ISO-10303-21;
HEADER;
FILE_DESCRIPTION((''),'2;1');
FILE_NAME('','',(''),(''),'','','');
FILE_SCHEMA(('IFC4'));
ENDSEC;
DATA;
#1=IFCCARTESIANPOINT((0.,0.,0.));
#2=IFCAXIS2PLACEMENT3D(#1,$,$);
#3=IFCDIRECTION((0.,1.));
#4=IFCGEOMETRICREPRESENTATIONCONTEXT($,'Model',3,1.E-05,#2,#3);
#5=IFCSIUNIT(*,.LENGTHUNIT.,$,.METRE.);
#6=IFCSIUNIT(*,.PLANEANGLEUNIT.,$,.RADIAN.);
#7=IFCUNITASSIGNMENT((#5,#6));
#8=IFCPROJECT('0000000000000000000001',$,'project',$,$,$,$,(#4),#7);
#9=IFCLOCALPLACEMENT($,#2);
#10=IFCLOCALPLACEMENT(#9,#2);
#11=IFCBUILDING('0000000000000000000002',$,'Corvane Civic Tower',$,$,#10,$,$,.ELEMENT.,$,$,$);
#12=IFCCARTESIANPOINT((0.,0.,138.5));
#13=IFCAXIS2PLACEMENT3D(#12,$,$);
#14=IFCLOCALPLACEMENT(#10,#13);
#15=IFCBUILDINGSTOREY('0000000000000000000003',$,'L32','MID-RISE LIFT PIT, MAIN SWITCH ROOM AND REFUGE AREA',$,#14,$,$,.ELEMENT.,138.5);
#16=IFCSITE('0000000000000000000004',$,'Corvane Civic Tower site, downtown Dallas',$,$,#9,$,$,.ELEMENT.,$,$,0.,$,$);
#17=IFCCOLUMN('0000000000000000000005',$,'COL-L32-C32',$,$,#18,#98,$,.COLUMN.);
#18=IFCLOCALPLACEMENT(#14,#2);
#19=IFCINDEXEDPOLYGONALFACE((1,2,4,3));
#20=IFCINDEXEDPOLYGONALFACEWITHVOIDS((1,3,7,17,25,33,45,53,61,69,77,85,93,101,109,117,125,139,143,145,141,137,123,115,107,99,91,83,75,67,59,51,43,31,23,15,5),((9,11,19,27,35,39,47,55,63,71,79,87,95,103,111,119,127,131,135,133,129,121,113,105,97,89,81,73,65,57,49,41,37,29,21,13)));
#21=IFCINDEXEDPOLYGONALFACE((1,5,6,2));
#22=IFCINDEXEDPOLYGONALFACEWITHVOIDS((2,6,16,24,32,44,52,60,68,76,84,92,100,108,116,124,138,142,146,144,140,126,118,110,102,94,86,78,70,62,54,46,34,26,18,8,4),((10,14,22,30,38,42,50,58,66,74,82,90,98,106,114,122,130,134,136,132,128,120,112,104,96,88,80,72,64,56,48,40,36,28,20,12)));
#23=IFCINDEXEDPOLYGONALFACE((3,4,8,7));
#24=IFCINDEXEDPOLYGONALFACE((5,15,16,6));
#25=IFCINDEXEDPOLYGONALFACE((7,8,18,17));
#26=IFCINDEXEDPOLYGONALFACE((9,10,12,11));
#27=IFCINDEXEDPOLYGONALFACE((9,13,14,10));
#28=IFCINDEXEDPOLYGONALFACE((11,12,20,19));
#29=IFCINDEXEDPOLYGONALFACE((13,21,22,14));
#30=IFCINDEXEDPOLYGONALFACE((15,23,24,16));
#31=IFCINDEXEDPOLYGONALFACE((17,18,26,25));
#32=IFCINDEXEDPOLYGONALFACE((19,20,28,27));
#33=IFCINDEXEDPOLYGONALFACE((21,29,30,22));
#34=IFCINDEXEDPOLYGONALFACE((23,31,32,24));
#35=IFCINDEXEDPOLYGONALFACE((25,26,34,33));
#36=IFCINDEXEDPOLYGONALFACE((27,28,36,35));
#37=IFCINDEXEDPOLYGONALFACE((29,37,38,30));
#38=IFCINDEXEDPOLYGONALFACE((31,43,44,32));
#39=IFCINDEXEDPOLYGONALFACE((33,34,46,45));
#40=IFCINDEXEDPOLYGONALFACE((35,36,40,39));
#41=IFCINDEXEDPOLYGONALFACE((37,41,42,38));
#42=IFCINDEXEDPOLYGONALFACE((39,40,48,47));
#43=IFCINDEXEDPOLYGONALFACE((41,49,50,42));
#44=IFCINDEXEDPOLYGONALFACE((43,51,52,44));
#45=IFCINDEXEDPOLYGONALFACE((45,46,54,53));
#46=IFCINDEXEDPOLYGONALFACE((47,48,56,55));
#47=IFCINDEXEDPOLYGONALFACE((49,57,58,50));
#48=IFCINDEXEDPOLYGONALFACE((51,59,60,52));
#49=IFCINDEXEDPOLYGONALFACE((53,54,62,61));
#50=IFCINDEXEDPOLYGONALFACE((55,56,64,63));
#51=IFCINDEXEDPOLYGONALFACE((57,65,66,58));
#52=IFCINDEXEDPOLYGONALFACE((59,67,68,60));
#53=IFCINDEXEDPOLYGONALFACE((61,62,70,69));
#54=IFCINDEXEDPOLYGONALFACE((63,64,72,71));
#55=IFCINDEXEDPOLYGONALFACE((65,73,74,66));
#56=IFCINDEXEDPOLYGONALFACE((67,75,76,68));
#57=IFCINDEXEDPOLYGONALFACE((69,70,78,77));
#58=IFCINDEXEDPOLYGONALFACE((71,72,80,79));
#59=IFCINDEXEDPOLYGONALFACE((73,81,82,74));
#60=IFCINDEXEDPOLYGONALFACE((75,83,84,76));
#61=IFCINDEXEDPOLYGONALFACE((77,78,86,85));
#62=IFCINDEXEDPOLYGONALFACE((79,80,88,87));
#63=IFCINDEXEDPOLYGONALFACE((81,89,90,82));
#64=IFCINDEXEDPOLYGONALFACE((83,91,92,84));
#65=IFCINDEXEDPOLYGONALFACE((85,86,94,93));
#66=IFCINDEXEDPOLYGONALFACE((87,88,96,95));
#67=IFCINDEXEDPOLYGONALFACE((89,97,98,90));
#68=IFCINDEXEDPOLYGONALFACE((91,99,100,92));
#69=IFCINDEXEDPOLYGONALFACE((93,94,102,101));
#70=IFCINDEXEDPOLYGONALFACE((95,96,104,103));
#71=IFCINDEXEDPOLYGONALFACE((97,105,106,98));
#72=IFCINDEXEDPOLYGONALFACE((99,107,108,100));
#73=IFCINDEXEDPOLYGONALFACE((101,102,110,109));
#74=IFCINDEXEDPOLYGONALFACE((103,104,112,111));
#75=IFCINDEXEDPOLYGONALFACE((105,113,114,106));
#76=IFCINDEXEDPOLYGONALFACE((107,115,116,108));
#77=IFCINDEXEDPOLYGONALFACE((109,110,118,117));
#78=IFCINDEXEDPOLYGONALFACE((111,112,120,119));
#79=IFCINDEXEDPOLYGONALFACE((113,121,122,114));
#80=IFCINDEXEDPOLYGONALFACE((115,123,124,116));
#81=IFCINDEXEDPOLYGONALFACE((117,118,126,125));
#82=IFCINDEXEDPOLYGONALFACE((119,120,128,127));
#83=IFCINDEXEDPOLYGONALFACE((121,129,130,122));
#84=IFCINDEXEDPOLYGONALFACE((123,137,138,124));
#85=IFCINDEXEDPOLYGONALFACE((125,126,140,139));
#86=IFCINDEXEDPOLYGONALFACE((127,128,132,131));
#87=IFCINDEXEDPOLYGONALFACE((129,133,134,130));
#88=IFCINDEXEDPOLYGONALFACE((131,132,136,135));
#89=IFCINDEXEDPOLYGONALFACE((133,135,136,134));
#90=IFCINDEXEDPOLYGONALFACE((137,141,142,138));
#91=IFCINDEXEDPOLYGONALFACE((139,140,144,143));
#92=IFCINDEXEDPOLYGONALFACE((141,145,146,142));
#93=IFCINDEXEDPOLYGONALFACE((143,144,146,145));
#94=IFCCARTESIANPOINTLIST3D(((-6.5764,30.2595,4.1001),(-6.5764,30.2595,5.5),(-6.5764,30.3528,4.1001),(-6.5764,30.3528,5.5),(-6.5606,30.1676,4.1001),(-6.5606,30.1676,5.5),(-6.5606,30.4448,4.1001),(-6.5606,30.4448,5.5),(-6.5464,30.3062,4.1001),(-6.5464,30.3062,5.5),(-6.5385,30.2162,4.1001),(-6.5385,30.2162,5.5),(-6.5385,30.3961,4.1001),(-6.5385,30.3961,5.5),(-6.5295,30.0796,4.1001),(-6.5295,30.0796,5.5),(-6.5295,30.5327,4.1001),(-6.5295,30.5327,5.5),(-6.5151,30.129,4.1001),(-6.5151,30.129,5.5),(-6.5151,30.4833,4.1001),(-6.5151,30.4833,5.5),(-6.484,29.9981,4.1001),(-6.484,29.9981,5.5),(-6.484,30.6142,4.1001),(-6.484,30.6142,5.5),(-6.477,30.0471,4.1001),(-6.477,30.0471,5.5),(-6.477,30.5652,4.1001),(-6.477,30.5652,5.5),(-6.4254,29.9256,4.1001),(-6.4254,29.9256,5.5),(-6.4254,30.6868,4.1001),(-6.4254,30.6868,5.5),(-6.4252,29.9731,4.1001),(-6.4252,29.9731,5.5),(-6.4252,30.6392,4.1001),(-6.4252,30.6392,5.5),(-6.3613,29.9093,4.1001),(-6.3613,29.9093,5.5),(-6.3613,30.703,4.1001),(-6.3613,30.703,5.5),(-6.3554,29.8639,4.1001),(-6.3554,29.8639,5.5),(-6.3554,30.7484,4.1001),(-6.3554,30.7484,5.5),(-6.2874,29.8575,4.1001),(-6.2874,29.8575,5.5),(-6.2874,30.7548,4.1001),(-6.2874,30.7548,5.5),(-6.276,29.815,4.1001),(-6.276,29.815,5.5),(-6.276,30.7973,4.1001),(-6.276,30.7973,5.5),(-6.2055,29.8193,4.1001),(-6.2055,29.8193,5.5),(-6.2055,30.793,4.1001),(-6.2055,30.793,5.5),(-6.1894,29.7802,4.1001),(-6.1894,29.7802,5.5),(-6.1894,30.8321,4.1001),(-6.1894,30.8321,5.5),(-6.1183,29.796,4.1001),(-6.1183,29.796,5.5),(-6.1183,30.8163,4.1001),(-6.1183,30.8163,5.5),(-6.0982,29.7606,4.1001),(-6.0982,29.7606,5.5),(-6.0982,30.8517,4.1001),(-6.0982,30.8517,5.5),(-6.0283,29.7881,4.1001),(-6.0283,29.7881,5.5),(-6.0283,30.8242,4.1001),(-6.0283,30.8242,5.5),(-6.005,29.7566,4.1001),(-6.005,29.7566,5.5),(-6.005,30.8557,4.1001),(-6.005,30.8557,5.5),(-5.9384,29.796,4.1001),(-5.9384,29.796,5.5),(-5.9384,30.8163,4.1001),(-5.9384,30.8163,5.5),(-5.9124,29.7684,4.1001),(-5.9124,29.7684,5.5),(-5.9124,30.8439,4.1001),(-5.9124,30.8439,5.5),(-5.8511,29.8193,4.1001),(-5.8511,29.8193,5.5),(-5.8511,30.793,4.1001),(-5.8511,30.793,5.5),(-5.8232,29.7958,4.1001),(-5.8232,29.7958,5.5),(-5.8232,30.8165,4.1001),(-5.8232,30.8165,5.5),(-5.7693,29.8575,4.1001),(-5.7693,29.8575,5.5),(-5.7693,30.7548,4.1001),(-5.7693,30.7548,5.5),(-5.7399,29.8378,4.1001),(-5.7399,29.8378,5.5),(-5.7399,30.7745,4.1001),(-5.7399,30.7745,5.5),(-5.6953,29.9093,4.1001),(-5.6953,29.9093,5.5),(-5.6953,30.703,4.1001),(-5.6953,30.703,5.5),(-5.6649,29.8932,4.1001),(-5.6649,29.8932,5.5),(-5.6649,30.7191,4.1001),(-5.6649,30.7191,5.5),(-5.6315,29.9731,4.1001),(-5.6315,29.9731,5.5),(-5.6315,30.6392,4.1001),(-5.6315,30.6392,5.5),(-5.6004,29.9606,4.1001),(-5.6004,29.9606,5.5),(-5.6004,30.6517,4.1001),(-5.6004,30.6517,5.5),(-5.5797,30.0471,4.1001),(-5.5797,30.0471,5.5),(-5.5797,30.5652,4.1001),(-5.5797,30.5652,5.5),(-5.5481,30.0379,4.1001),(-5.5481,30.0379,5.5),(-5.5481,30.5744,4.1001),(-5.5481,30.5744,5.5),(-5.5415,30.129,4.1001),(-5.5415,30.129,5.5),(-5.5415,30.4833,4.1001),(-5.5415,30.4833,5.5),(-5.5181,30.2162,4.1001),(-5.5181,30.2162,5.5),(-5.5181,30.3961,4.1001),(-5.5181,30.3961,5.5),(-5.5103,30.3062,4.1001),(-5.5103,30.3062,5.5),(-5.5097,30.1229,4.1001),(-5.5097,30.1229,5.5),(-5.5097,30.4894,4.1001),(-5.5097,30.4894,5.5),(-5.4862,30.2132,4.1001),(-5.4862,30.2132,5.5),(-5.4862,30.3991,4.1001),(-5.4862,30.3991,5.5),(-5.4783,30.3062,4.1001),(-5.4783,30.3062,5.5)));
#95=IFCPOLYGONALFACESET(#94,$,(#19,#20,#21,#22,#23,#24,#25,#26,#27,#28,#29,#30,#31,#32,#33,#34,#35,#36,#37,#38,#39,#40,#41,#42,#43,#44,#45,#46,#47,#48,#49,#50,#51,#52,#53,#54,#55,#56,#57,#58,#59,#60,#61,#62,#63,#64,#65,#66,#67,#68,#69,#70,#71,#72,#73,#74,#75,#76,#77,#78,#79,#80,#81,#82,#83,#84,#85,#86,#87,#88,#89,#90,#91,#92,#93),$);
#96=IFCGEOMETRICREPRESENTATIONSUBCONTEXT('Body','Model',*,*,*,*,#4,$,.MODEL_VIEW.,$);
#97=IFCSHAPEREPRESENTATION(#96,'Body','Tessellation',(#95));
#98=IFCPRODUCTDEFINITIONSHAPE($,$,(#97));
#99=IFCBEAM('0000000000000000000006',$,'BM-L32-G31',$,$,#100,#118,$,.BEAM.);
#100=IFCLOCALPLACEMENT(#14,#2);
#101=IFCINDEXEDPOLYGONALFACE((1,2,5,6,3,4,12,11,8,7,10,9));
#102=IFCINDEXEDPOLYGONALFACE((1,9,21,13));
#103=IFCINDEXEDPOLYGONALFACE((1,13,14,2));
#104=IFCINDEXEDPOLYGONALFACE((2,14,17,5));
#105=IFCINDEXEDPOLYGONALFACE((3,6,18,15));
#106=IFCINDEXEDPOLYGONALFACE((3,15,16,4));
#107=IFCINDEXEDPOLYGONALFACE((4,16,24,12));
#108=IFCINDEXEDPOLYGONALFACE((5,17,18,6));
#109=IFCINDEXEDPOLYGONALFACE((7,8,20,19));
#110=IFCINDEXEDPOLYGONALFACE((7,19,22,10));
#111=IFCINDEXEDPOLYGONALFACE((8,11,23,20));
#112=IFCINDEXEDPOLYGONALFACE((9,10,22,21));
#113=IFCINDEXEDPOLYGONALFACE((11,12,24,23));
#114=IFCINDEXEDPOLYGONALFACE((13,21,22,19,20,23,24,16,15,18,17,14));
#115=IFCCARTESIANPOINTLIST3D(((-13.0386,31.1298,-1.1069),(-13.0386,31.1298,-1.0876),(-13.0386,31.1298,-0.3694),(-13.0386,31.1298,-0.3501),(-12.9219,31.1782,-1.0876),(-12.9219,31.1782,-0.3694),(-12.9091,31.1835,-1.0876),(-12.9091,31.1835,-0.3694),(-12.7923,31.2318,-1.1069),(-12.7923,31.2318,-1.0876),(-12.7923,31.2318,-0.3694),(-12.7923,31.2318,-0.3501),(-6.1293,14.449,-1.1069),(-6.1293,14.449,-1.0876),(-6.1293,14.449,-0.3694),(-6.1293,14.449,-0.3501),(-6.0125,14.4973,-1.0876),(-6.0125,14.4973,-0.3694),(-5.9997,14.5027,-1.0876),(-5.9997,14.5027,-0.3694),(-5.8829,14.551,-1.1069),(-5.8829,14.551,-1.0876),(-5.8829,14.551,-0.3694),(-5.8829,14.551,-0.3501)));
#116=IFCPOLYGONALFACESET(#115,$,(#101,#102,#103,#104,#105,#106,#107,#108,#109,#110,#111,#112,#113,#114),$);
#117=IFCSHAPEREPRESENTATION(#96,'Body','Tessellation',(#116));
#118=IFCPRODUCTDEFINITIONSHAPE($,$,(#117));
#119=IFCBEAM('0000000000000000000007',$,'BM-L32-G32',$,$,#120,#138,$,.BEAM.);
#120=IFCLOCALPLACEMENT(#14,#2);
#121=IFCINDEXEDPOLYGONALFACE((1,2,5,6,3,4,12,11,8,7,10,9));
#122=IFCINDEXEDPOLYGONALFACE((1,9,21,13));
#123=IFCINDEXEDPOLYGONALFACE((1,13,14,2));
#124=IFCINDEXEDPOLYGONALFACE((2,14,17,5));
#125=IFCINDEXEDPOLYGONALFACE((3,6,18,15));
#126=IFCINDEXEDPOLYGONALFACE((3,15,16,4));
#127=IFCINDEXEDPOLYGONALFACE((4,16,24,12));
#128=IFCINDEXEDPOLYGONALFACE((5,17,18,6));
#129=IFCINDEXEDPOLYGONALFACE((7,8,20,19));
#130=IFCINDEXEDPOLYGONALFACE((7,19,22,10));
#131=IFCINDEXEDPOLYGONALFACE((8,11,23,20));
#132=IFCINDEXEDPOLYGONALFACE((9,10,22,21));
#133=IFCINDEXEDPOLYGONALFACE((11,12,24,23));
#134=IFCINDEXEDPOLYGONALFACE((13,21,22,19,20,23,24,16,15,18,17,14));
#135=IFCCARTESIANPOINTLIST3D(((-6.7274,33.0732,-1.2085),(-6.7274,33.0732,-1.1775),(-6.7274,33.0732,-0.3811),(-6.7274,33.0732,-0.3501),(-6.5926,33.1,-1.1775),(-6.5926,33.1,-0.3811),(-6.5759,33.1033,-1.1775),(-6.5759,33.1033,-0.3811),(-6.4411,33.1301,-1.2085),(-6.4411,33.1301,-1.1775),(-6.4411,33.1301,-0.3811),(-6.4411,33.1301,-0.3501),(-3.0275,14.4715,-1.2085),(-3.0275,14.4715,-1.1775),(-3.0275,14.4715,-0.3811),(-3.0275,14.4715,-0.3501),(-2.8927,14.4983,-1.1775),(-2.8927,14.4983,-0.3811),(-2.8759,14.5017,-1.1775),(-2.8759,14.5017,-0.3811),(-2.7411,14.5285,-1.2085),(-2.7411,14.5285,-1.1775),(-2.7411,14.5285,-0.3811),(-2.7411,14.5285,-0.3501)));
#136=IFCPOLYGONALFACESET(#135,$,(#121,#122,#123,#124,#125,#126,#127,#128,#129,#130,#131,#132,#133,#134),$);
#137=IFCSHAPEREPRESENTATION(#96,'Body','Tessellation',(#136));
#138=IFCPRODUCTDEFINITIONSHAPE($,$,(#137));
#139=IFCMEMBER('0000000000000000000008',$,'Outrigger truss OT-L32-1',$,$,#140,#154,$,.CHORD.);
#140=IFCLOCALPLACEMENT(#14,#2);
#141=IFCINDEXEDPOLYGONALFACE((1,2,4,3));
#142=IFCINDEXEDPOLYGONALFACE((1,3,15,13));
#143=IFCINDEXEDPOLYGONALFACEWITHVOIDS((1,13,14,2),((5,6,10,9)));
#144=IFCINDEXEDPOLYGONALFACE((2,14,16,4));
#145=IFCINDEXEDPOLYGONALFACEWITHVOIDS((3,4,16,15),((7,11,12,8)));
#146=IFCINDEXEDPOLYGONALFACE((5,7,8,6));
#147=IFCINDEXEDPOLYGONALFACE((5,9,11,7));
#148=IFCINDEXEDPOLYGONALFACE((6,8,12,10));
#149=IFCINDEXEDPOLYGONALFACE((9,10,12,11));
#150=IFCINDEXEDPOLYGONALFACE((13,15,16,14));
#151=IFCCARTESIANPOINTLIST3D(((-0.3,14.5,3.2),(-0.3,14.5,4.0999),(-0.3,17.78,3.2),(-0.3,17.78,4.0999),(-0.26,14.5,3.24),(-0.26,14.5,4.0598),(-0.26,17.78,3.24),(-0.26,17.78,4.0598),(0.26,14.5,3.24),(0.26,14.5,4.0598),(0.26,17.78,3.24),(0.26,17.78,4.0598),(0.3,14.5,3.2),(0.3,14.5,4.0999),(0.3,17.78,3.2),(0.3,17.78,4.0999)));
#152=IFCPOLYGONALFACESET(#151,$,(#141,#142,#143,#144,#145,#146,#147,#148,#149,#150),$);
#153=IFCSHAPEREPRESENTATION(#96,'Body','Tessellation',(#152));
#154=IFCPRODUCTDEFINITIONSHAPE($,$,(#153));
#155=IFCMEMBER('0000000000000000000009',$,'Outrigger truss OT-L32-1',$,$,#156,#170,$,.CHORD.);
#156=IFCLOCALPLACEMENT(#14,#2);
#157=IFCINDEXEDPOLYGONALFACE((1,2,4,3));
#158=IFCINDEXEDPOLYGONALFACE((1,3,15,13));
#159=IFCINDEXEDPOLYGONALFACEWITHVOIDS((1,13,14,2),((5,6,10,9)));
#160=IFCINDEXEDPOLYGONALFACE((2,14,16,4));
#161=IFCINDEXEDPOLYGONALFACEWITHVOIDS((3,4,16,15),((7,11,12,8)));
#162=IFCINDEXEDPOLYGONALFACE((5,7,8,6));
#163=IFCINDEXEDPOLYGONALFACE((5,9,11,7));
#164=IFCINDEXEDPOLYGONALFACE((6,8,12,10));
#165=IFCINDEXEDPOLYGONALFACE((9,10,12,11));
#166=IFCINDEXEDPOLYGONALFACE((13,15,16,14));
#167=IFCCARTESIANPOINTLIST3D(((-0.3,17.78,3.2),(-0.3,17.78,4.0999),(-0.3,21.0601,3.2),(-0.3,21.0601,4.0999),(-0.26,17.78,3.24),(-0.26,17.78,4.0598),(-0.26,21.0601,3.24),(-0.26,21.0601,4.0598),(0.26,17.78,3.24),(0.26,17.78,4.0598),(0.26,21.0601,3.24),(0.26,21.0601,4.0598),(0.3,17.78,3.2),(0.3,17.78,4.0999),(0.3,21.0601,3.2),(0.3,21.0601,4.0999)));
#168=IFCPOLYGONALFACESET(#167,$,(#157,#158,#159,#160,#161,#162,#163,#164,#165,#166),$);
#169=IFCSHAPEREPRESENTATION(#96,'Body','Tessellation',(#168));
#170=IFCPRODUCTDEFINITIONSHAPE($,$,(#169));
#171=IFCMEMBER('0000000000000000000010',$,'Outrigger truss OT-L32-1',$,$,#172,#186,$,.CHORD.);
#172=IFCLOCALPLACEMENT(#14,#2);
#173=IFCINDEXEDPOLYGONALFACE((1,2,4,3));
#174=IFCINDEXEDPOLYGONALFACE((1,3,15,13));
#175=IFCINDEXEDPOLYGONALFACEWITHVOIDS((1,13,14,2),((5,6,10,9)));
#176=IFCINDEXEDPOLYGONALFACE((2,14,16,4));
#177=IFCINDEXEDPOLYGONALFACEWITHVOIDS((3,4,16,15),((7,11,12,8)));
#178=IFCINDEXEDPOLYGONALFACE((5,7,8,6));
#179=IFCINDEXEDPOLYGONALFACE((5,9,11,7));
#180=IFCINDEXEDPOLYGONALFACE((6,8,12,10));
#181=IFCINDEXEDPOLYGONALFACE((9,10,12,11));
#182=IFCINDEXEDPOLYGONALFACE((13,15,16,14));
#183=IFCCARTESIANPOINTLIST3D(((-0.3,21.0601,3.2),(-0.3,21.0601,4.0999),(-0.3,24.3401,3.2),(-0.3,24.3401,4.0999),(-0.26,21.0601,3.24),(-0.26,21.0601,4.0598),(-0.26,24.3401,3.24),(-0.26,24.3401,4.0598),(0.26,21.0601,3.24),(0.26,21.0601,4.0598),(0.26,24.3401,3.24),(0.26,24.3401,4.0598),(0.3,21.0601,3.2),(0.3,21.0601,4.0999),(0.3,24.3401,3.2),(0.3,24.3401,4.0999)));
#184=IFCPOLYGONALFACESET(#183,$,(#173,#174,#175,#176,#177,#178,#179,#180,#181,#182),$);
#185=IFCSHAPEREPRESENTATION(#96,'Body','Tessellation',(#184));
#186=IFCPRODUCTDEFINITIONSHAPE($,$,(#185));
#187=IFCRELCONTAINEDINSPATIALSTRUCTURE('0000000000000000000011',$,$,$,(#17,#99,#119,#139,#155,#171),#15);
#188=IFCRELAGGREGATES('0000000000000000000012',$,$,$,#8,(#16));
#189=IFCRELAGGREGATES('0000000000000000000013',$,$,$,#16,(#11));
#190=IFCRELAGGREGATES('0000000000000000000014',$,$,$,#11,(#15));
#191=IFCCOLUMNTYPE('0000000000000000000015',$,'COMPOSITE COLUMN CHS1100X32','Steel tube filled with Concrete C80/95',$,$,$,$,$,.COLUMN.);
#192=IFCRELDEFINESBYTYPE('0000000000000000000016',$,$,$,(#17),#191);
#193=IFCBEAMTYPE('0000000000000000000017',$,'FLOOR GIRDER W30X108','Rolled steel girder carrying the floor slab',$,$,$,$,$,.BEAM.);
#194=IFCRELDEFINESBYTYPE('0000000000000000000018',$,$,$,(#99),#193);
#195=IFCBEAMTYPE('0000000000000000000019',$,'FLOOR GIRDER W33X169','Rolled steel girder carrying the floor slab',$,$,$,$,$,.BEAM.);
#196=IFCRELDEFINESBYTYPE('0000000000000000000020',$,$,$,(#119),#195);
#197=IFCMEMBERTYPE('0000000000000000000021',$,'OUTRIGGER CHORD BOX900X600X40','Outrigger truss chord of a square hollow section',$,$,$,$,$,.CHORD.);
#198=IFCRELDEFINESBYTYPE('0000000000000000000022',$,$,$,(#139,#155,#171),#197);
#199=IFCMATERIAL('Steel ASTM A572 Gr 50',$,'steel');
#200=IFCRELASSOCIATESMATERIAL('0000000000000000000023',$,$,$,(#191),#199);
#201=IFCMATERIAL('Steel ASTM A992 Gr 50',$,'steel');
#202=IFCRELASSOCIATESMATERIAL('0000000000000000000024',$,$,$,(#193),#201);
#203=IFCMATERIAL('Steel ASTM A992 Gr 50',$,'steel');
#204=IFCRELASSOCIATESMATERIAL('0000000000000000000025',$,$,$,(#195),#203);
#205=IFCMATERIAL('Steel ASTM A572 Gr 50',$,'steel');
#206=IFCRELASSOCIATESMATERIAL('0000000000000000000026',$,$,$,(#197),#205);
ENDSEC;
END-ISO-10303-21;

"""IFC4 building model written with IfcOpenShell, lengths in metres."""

from ifc_helpers import new_model, si_unit, direction, frame, origin, origin_2d, place, context, subcontext, project, spatial, hollow_rectangle, hollow_circle, i_section, extrude, material, material_profile, profile_set, type_object, element, save


model = new_model("IFC4")

# Units and contexts
model_context = context("Model", 3, precision=1e-05, world=origin(), true_north=direction((0.0, 1.0)))
body_context = subcontext(model_context, "Body", "Model", "MODEL_VIEW")
ifc_project = project(units=[si_unit("LENGTHUNIT", "METRE"), si_unit("PLANEANGLEUNIT", "RADIAN")], contexts=[model_context])

# Site, building, storey
site_placement = place(None, origin())
site = spatial("IfcSite", under=ifc_project, at=site_placement, Name="Corvane Civic Tower site, downtown Dallas", CompositionType="ELEMENT", RefElevation=0.0)
building_placement = place(site_placement, origin())
building = spatial("IfcBuilding", under=site, at=building_placement, Name="Corvane Civic Tower", CompositionType="ELEMENT")
storey_placement = place(building_placement, frame((0.0, 0.0, 138.5)))
storey = spatial("IfcBuildingStorey", under=building, at=storey_placement, Name="L32", Description="MID-RISE LIFT PIT, MAIN SWITCH ROOM AND REFUGE AREA", CompositionType="ELEMENT", Elevation=138.5)

# Column
ifc_material_1 = material(Name="Steel ASTM A572 Gr 50", Category="steel")
ifc_material_profile_1 = material_profile(ifc_material_1, hollow_circle(Radius=0.55, WallThickness=0.032, at=origin_2d()), Name="CHS1100X32")
ifc_profile_set_1 = profile_set([ifc_material_profile_1], Name="Steel ASTM A572 Gr 50")
column_type = type_object("IfcColumnType", Name="COMPOSITE COLUMN CHS1100X32", Description="Steel tube filled with Concrete C80/95", PredefinedType="COLUMN", material=ifc_profile_set_1)
for number, where, z_axis, x_axis, name in (
    (1, (-6.0283, 30.3062, 4.1001), (0.0, 0.0, 1.0), (1.0, 0.0, 0.0), "COL-L32-C32"),
):
    element("IfcColumn", number, at=place(storey_placement, frame(where, z_axis=z_axis, x_axis=x_axis)), inside=storey, type_object=column_type, Name=name, PredefinedType="COLUMN", context=body_context, shape_type="SweptSolid", body=[
        extrude(hollow_circle(Radius=0.55, WallThickness=0.032, at=origin_2d()), origin(), (0.0, 0.0, 1.0), 1.3999),
    ])

# Beams
ifc_material_2 = material(Name="Steel ASTM A992 Gr 50", Category="steel")
ifc_material_profile_2 = material_profile(ifc_material_2, i_section(OverallWidth=0.2666, OverallDepth=0.7568, WebThickness=0.0139, FlangeThickness=0.0193, at=origin_2d()), Name="W30X108")
ifc_profile_set_2 = profile_set([ifc_material_profile_2], Name="Steel ASTM A992 Gr 50")
beam_type_1 = type_object("IfcBeamType", Name="FLOOR GIRDER W30X108", Description="Rolled steel girder carrying the floor slab", PredefinedType="BEAM", material=ifc_profile_set_2)
beam_1_placement = place(storey_placement, frame((-6.0061, 14.5, -0.7285), z_axis=(-0.382682, 0.92388, 0.0), x_axis=(-0.92388, -0.382682, 0.0)))
element("IfcBeam", 2, at=beam_1_placement, inside=storey, type_object=beam_type_1, Name="BM-L32-G31", PredefinedType="BEAM", context=body_context, shape_type="SweptSolid", body=[
    extrude(i_section(OverallWidth=0.2666, OverallDepth=0.7568, WebThickness=0.0139, FlangeThickness=0.0193, at=origin_2d()), origin(), (0.0, 0.0, 1.0), 18.0552),
])
ifc_material_3 = material(Name="Steel ASTM A992 Gr 50", Category="steel")
ifc_material_profile_3 = material_profile(ifc_material_3, i_section(OverallWidth=0.292, OverallDepth=0.8584, WebThickness=0.0171, FlangeThickness=0.031, at=origin_2d()), Name="W33X169")
ifc_profile_set_3 = profile_set([ifc_material_profile_3], Name="Steel ASTM A992 Gr 50")
beam_type_2 = type_object("IfcBeamType", Name="FLOOR GIRDER W33X169", Description="Rolled steel girder carrying the floor slab", PredefinedType="BEAM", material=ifc_profile_set_3)
beam_2_placement = place(storey_placement, frame((-2.8843, 14.5, -0.7793), z_axis=(-0.195084, 0.980787, 0.0), x_axis=(-0.980787, -0.195084, 0.0)))
element("IfcBeam", 3, at=beam_2_placement, inside=storey, type_object=beam_type_2, Name="BM-L32-G32", PredefinedType="BEAM", context=body_context, shape_type="SweptSolid", body=[
    extrude(i_section(OverallWidth=0.292, OverallDepth=0.8584, WebThickness=0.0171, FlangeThickness=0.031, at=origin_2d()), origin(), (0.0, 0.0, 1.0), 18.9661),
])

# Members
ifc_material_4 = material(Name="Steel ASTM A572 Gr 50", Category="steel")
ifc_material_profile_4 = material_profile(ifc_material_4, hollow_rectangle(XDim=0.6001, YDim=0.8999, WallThickness=0.04, at=origin_2d()), Name="BOX900X600X40")
ifc_profile_set_4 = profile_set([ifc_material_profile_4], Name="Steel ASTM A572 Gr 50")
member_type_1 = type_object("IfcMemberType", Name="OUTRIGGER CHORD BOX900X600X40", Description="Outrigger truss chord of a square hollow section", PredefinedType="CHORD", material=ifc_profile_set_4)
for number, where, z_axis, x_axis, name in (
    (4, (0.0, 14.5, 3.6499), (0.0, 1.0, 0.0), (-1.0, 0.0, 0.0), "Outrigger truss OT-L32-1"),
    (5, (0.0, 17.78, 3.6499), (0.0, 1.0, 0.0), (-1.0, 0.0, 0.0), "Outrigger truss OT-L32-1"),
    (6, (0.0, 21.0601, 3.6499), (0.0, 1.0, 0.0), (-1.0, 0.0, 0.0), "Outrigger truss OT-L32-1"),
):
    element("IfcMember", number, at=place(storey_placement, frame(where, z_axis=z_axis, x_axis=x_axis)), inside=storey, type_object=member_type_1, Name=name, PredefinedType="CHORD", context=body_context, shape_type="SweptSolid", body=[
        extrude(hollow_rectangle(XDim=0.6001, YDim=0.8999, WallThickness=0.04, at=origin_2d()), origin(), (0.0, 0.0, 1.0), 3.28),
    ])

save(model, "model.ifc")
